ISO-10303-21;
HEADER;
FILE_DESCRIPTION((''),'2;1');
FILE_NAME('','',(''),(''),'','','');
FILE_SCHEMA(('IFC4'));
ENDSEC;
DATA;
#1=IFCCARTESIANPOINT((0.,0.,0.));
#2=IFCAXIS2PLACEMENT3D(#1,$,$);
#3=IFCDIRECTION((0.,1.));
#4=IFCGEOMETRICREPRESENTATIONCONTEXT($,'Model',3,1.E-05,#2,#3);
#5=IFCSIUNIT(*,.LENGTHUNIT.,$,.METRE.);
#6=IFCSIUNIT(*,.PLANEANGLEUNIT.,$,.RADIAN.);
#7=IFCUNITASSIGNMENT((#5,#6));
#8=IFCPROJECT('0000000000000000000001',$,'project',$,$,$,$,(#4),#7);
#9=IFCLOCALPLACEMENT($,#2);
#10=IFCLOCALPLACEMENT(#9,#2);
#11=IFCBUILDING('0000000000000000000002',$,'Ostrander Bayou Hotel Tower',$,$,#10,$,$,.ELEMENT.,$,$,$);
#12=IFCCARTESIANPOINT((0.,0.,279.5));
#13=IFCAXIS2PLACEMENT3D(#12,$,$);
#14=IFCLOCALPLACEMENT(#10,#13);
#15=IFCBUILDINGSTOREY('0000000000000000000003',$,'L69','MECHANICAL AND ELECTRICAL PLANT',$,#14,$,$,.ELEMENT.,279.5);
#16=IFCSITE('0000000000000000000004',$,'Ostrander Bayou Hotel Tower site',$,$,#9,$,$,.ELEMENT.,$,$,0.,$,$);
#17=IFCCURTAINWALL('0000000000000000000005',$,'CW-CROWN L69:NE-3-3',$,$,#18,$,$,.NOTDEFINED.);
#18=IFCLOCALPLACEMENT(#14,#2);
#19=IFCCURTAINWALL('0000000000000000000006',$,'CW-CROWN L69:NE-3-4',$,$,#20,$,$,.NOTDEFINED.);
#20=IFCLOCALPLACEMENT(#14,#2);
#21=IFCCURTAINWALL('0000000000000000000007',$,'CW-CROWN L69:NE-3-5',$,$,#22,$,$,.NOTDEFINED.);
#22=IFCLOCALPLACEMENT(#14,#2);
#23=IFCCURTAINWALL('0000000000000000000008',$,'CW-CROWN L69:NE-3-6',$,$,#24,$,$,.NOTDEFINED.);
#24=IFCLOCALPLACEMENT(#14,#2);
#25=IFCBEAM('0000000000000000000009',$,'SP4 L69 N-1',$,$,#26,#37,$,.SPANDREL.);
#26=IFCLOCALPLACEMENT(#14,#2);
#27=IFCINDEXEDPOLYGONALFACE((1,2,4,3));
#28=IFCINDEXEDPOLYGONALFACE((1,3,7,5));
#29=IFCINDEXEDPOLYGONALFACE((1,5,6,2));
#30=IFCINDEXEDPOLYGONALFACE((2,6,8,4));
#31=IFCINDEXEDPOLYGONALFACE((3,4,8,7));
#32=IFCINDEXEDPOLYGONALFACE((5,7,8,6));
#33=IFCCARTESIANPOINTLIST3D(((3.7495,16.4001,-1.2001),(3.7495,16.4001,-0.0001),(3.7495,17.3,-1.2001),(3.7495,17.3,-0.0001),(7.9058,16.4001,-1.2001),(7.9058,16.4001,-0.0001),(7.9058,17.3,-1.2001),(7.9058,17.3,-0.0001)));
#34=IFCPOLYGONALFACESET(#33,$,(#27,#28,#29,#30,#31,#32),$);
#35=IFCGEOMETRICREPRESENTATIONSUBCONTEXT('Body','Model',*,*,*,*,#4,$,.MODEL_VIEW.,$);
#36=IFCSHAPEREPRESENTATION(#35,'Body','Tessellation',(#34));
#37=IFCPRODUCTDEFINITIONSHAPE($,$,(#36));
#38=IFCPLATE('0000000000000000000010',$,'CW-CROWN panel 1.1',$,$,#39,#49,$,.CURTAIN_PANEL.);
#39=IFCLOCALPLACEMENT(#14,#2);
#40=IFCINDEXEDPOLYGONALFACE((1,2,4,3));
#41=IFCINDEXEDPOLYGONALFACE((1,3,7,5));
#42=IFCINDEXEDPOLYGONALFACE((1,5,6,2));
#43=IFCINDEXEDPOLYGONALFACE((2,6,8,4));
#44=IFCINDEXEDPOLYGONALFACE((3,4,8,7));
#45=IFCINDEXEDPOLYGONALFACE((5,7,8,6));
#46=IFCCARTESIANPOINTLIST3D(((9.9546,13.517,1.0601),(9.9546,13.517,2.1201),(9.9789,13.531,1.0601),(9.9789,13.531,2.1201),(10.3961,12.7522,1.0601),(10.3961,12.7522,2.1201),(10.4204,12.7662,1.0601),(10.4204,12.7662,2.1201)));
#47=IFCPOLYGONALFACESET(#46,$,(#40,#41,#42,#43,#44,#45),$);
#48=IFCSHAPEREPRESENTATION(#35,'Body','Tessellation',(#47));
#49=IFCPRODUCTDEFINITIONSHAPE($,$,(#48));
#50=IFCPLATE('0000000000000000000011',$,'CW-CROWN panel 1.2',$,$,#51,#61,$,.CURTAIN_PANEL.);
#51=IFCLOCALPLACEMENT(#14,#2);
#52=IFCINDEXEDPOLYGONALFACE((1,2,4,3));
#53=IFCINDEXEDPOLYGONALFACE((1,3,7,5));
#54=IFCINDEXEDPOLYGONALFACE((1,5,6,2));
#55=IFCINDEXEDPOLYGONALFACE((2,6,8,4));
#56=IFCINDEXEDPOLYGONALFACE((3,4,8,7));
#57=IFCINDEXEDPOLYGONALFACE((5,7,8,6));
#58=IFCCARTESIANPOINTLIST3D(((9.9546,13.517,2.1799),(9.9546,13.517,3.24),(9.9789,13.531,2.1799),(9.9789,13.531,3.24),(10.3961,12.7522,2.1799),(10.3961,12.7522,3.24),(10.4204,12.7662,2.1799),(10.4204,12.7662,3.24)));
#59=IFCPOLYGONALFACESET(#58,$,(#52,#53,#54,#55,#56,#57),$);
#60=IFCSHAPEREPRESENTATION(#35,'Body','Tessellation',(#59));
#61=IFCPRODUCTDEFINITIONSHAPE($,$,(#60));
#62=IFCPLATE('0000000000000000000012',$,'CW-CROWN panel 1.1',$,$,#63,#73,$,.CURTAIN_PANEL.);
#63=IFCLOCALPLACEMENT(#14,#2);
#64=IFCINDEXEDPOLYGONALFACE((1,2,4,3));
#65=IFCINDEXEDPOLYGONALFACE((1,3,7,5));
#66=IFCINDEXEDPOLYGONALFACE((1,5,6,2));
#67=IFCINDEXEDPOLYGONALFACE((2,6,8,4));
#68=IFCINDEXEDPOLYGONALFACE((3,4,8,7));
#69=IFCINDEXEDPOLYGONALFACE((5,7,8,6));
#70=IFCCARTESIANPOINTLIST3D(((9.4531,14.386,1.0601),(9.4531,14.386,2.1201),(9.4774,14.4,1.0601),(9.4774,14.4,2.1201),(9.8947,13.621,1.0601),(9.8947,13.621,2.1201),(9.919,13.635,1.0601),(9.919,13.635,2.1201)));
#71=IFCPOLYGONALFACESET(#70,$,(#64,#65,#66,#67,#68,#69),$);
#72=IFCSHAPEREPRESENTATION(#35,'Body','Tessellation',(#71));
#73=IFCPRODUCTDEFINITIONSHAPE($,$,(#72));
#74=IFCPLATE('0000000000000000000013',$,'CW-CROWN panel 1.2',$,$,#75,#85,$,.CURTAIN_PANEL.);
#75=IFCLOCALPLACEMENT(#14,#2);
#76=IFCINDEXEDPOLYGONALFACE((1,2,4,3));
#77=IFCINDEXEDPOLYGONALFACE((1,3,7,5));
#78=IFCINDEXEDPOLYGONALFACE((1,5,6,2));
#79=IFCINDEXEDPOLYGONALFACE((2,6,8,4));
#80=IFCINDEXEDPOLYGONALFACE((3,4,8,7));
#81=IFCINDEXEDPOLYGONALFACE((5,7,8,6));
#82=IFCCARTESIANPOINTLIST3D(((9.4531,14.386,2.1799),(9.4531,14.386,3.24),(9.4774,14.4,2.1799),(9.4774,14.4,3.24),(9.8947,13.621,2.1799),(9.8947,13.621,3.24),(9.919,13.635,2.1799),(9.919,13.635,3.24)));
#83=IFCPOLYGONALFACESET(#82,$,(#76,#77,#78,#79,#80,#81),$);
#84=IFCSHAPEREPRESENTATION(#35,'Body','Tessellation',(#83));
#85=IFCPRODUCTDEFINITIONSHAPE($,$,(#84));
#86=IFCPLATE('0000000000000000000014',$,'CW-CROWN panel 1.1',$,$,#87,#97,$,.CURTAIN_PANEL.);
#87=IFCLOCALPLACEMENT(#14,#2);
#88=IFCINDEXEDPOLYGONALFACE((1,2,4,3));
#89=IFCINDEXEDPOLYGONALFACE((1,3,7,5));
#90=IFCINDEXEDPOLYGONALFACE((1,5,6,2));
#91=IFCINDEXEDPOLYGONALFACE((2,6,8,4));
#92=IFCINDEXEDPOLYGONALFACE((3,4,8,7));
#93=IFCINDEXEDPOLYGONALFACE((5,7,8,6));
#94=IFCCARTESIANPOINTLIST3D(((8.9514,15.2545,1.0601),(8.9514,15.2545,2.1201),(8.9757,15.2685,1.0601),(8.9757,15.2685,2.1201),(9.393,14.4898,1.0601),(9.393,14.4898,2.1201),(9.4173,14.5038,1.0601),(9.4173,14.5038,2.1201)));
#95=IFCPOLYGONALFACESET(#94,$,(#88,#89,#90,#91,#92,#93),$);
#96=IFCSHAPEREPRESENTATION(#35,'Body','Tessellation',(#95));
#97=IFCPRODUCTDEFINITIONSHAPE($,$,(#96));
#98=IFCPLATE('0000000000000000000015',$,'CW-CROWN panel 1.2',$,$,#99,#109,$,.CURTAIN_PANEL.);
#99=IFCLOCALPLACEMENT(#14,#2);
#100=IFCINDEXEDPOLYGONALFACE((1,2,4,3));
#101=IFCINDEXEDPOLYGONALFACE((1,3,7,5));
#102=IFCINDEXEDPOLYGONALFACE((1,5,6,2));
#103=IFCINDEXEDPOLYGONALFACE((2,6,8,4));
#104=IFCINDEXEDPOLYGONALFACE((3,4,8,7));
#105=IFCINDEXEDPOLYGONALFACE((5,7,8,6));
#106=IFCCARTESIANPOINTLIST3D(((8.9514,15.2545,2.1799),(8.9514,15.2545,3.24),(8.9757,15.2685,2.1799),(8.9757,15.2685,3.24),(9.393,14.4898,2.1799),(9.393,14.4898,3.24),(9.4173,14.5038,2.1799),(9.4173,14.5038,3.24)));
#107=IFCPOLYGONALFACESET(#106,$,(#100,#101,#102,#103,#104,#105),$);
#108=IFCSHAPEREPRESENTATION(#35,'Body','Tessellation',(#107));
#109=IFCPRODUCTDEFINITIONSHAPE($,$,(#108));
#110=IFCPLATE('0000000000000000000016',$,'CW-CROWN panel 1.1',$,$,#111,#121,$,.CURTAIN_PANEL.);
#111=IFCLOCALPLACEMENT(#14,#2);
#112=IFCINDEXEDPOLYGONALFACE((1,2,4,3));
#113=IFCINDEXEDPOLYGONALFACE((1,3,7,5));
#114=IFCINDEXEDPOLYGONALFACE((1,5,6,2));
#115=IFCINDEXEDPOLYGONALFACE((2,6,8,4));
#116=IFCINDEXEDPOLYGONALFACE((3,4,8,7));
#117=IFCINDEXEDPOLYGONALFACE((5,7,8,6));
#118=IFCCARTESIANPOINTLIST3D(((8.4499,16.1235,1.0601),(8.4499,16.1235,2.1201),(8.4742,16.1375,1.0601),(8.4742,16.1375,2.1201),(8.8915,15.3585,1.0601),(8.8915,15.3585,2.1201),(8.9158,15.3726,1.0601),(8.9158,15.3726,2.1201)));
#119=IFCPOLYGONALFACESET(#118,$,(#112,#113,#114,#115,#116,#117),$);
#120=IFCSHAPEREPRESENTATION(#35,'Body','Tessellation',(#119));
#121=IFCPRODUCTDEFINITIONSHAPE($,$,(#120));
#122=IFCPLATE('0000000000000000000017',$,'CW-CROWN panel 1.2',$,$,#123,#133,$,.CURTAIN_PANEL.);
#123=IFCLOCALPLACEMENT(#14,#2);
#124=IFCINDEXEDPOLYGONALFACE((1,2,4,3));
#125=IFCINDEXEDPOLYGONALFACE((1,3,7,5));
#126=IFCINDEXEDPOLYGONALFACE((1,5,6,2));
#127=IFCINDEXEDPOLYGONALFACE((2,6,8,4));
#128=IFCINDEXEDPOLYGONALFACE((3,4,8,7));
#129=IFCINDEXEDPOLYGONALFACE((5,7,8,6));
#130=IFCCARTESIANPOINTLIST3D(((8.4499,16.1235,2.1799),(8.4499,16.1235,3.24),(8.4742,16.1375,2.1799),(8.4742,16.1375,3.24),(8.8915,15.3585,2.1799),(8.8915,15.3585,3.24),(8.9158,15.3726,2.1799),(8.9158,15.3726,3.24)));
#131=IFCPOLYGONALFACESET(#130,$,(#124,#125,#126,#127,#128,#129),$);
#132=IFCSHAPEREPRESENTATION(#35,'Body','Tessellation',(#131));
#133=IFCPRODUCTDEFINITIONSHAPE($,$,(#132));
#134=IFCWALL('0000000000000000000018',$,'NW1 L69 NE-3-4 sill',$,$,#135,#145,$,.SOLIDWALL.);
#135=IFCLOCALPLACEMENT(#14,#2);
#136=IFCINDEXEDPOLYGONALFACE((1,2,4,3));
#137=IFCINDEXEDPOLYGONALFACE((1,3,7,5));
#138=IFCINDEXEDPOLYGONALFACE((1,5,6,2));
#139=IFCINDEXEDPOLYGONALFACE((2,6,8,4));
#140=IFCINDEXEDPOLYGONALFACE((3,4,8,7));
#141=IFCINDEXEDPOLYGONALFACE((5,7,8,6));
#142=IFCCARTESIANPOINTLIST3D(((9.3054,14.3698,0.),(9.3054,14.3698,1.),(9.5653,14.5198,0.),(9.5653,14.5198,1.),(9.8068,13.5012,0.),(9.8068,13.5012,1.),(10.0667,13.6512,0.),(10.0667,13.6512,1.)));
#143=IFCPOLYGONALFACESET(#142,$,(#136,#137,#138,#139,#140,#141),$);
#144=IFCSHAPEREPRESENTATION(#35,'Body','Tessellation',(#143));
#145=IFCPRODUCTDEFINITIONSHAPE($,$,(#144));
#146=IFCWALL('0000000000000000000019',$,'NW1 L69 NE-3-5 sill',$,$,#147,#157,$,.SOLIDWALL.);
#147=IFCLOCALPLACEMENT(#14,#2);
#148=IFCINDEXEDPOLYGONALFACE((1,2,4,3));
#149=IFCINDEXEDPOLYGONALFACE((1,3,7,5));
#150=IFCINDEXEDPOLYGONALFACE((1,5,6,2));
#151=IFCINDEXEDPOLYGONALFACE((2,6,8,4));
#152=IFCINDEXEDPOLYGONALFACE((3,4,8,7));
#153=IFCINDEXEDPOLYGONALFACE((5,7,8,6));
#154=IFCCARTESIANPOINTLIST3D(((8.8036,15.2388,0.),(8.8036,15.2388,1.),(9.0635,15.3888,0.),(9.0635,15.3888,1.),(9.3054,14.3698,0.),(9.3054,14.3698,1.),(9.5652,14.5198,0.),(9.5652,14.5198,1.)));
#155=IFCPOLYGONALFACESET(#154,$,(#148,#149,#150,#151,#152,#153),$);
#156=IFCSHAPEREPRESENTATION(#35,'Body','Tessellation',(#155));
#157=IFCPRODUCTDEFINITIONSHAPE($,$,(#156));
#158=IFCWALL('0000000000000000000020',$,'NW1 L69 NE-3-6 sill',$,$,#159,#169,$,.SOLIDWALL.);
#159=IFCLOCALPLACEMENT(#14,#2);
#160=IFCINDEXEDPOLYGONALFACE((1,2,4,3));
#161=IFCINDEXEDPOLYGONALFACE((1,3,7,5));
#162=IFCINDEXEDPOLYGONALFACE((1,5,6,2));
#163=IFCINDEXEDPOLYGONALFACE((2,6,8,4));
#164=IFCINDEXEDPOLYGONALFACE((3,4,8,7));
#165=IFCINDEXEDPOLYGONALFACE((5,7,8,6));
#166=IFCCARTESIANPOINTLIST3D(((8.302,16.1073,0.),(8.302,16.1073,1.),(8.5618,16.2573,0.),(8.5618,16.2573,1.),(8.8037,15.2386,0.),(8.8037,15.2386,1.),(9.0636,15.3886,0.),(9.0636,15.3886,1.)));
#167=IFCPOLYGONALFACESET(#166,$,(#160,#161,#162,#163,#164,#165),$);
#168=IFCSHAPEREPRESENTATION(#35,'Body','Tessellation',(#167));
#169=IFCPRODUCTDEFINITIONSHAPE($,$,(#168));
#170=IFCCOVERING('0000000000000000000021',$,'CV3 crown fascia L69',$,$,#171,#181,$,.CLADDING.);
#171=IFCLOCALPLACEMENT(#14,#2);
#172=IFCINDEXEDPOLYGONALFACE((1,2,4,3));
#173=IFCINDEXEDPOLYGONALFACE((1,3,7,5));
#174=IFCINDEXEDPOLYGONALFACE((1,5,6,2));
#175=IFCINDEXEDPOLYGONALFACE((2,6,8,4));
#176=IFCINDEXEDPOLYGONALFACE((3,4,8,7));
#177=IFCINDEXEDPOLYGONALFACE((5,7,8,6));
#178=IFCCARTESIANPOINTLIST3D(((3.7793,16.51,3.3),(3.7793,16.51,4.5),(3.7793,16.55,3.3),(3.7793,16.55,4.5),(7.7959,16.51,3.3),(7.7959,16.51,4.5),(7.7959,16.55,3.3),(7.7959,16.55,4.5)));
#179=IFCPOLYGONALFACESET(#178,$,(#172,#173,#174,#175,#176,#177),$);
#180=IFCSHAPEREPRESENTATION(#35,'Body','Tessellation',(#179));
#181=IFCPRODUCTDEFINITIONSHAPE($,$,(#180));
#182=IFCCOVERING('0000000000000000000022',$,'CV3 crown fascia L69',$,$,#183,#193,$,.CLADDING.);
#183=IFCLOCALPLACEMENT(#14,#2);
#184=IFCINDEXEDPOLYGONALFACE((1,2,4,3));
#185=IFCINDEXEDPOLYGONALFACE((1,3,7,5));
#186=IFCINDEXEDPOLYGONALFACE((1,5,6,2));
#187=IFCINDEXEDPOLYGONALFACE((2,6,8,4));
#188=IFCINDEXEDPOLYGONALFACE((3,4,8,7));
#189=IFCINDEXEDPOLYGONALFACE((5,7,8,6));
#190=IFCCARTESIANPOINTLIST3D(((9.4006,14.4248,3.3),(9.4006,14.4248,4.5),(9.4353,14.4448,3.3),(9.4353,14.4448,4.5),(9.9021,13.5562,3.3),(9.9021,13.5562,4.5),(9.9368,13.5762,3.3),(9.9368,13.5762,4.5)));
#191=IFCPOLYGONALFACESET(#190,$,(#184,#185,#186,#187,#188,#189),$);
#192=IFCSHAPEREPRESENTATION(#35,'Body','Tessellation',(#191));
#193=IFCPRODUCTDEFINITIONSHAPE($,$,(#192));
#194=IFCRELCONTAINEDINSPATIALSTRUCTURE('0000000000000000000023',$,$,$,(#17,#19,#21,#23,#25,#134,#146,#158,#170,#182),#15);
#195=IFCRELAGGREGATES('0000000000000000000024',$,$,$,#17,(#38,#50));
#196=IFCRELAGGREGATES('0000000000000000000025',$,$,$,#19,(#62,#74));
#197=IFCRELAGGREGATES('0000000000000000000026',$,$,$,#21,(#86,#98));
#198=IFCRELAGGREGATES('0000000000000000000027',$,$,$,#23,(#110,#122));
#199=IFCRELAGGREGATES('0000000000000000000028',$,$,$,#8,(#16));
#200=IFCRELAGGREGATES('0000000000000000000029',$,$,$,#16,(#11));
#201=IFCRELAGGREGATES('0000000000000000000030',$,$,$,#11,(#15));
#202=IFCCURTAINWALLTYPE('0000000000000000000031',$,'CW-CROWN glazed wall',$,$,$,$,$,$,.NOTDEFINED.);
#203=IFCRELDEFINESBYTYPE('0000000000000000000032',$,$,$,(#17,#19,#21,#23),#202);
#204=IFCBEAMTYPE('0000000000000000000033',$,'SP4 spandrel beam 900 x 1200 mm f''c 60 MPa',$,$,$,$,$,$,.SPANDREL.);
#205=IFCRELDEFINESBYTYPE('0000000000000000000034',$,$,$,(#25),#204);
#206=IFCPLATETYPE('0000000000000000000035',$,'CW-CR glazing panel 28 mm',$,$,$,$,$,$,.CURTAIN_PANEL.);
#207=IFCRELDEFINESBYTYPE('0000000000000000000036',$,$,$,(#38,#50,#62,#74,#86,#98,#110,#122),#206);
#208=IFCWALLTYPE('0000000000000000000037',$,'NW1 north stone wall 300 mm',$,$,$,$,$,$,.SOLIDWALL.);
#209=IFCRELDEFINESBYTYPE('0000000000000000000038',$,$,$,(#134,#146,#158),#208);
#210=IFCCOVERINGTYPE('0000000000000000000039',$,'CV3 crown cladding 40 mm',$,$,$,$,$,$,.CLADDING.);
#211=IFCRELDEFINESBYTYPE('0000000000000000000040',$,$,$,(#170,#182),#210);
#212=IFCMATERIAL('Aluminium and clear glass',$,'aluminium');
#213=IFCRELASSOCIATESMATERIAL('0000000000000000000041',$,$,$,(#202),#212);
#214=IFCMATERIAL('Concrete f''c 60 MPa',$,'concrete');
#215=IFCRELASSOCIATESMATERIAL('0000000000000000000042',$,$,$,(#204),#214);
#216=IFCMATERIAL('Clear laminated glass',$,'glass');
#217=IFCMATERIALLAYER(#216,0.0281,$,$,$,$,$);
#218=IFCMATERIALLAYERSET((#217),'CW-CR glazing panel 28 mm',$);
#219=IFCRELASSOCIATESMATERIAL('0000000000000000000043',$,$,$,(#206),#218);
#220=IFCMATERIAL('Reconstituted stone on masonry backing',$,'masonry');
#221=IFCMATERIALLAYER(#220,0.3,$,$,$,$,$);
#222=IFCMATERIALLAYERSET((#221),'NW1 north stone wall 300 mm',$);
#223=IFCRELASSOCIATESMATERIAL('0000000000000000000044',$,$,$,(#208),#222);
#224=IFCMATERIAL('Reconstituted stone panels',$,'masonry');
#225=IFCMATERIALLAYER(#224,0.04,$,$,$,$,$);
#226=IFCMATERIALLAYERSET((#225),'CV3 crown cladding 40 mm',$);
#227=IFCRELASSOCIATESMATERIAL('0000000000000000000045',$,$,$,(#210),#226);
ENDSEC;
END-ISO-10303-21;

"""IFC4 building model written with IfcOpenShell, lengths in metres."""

from ifc_helpers import new_model, si_unit, direction, frame, frame_2d, origin, origin_2d, place, context, subcontext, project, spatial, polyline, rectangle, outline, extrude, material, layer, layer_set, material_profile, profile_set, type_object, element, aggregate, save


model = new_model("IFC4")

# Units and contexts
model_context = context("Model", 3, precision=1e-05, world=origin(), true_north=direction((0.0, 1.0)))
body_context = subcontext(model_context, "Body", "Model", "MODEL_VIEW")
ifc_project = project(units=[si_unit("LENGTHUNIT", "METRE"), si_unit("PLANEANGLEUNIT", "RADIAN")], contexts=[model_context])

# Site, building, storey
site_placement = place(None, origin())
site = spatial("IfcSite", under=ifc_project, at=site_placement, Name="Ostrander Bayou Hotel Tower site", CompositionType="ELEMENT", RefElevation=0.0)
building_placement = place(site_placement, origin())
building = spatial("IfcBuilding", under=site, at=building_placement, Name="Ostrander Bayou Hotel Tower", CompositionType="ELEMENT")
storey_placement = place(building_placement, frame((0.0, 0.0, 279.5)))
storey = spatial("IfcBuildingStorey", under=building, at=storey_placement, Name="L69", Description="MECHANICAL AND ELECTRICAL PLANT", CompositionType="ELEMENT", Elevation=279.5)

# Curtain wall
ifc_material_1 = material(Name="Aluminium and clear glass", Category="aluminium")
curtain_wall_type = type_object("IfcCurtainWallType", Name="CW-CROWN glazed wall", PredefinedType="NOTDEFINED", material=ifc_material_1)
curtain_wall_1_placement = place(storey_placement, origin())
curtain_wall_1 = element("IfcCurtainWall", 1, at=curtain_wall_1_placement, inside=storey, type_object=curtain_wall_type, Name="CW-CROWN L69:NE-3-3", PredefinedType="NOTDEFINED")

# Curtain walls
curtain_wall_2_placement = place(storey_placement, origin())
curtain_wall_2 = element("IfcCurtainWall", 2, at=curtain_wall_2_placement, inside=storey, type_object=curtain_wall_type, Name="CW-CROWN L69:NE-3-4", PredefinedType="NOTDEFINED")
curtain_wall_3_placement = place(storey_placement, origin())
curtain_wall_3 = element("IfcCurtainWall", 3, at=curtain_wall_3_placement, inside=storey, type_object=curtain_wall_type, Name="CW-CROWN L69:NE-3-5", PredefinedType="NOTDEFINED")
curtain_wall_4_placement = place(storey_placement, origin())
curtain_wall_4 = element("IfcCurtainWall", 4, at=curtain_wall_4_placement, inside=storey, type_object=curtain_wall_type, Name="CW-CROWN L69:NE-3-6", PredefinedType="NOTDEFINED")

# Beam
ifc_material_2 = material(Name="Concrete f'c 60 MPa", Category="concrete")
ifc_material_profile_1 = material_profile(ifc_material_2, rectangle(XDim=0.8999, YDim=1.2, at=origin_2d()))
ifc_profile_set_1 = profile_set([ifc_material_profile_1], Name="Concrete f'c 60 MPa")
beam_type = type_object("IfcBeamType", Name="SP4 spandrel beam 900 x 1200 mm f'c 60 MPa", PredefinedType="SPANDREL", material=ifc_profile_set_1)
beam_placement = place(storey_placement, frame((7.9058, 16.8501, -0.6001), z_axis=(-1.0, 0.0, 0.0), x_axis=(0.0, -1.0, 0.0)))
element("IfcBeam", 5, at=beam_placement, inside=storey, type_object=beam_type, Name="SP4 L69 N-1", PredefinedType="SPANDREL", context=body_context, shape_type="SweptSolid", body=[
    extrude(rectangle(XDim=0.8999, YDim=1.2, at=origin_2d()), origin(), (0.0, 0.0, 1.0), 4.1562),
])

# Plates
ifc_material_3 = material(Name="Clear laminated glass", Category="glass")
ifc_layer_1 = layer(ifc_material_3, 0.0281)
ifc_layer_set_1 = layer_set([ifc_layer_1], Name="CW-CR glazing panel 28 mm")
plate_type = type_object("IfcPlateType", Name="CW-CR glazing panel 28 mm", PredefinedType="CURTAIN_PANEL", material=ifc_layer_set_1)
plate_1_placement = place(storey_placement, frame((10.1875, 13.1416, 1.0601), z_axis=(0.0, 0.0, 1.0), x_axis=(-0.499924, 0.866069, 0.0)))
plate_1 = element("IfcPlate", 6, at=plate_1_placement, type_object=plate_type, Name="CW-CROWN panel 1.1", PredefinedType="CURTAIN_PANEL", context=body_context, shape_type="SweptSolid", body=[
    extrude(rectangle(XDim=0.8831, YDim=0.0281, at=origin_2d()), origin(), (0.0, 0.0, 1.0), 1.0601),
])
plate_2_placement = place(storey_placement, frame((10.1875, 13.1416, 2.1799), z_axis=(0.0, 0.0, 1.0), x_axis=(-0.499924, 0.866069, 0.0)))
plate_2 = element("IfcPlate", 7, at=plate_2_placement, type_object=plate_type, Name="CW-CROWN panel 1.2", PredefinedType="CURTAIN_PANEL", context=body_context, shape_type="SweptSolid", body=[
    extrude(rectangle(XDim=0.8831, YDim=0.0281, at=origin_2d()), origin(), (0.0, 0.0, 1.0), 1.0601),
])
aggregate(curtain_wall_1, [plate_1, plate_2])
plate_3_placement = place(storey_placement, frame((9.686, 14.0105, 1.0601), z_axis=(0.0, 0.0, 1.0), x_axis=(-0.499999, 0.866026, 0.0)))
plate_3 = element("IfcPlate", 8, at=plate_3_placement, type_object=plate_type, Name="CW-CROWN panel 1.1", PredefinedType="CURTAIN_PANEL", context=body_context, shape_type="SweptSolid", body=[
    extrude(rectangle(XDim=0.8833, YDim=0.0281, at=origin_2d()), origin(), (0.0, 0.0, 1.0), 1.0601),
])
plate_4_placement = place(storey_placement, frame((9.686, 14.0105, 2.1799), z_axis=(0.0, 0.0, 1.0), x_axis=(-0.499999, 0.866026, 0.0)))
plate_4 = element("IfcPlate", 9, at=plate_4_placement, type_object=plate_type, Name="CW-CROWN panel 1.2", PredefinedType="CURTAIN_PANEL", context=body_context, shape_type="SweptSolid", body=[
    extrude(rectangle(XDim=0.8833, YDim=0.0281, at=origin_2d()), origin(), (0.0, 0.0, 1.0), 1.0601),
])
aggregate(curtain_wall_2, [plate_3, plate_4])
plate_5_placement = place(storey_placement, frame((9.1843, 14.8792, 1.0601), z_axis=(0.0, 0.0, 1.0), x_axis=(-0.500042, 0.866001, 0.0)))
plate_5 = element("IfcPlate", 10, at=plate_5_placement, type_object=plate_type, Name="CW-CROWN panel 1.1", PredefinedType="CURTAIN_PANEL", context=body_context, shape_type="SweptSolid", body=[
    extrude(rectangle(XDim=0.8831, YDim=0.0281, at=origin_2d()), origin(), (0.0, 0.0, 1.0), 1.0601),
])
plate_6_placement = place(storey_placement, frame((9.1843, 14.8792, 2.1799), z_axis=(0.0, 0.0, 1.0), x_axis=(-0.500042, 0.866001, 0.0)))
plate_6 = element("IfcPlate", 11, at=plate_6_placement, type_object=plate_type, Name="CW-CROWN panel 1.2", PredefinedType="CURTAIN_PANEL", context=body_context, shape_type="SweptSolid", body=[
    extrude(rectangle(XDim=0.8831, YDim=0.0281, at=origin_2d()), origin(), (0.0, 0.0, 1.0), 1.0601),
])
aggregate(curtain_wall_3, [plate_5, plate_6])
plate_7_placement = place(storey_placement, frame((8.6829, 15.748, 1.0601), z_axis=(0.0, 0.0, 1.0), x_axis=(-0.499999, 0.866026, 0.0)))
plate_7 = element("IfcPlate", 12, at=plate_7_placement, type_object=plate_type, Name="CW-CROWN panel 1.1", PredefinedType="CURTAIN_PANEL", context=body_context, shape_type="SweptSolid", body=[
    extrude(rectangle(XDim=0.8833, YDim=0.0281, at=origin_2d()), origin(), (0.0, 0.0, 1.0), 1.0601),
])
plate_8_placement = place(storey_placement, frame((8.6829, 15.748, 2.1799), z_axis=(0.0, 0.0, 1.0), x_axis=(-0.499999, 0.866026, 0.0)))
plate_8 = element("IfcPlate", 13, at=plate_8_placement, type_object=plate_type, Name="CW-CROWN panel 1.2", PredefinedType="CURTAIN_PANEL", context=body_context, shape_type="SweptSolid", body=[
    extrude(rectangle(XDim=0.8833, YDim=0.0281, at=origin_2d()), origin(), (0.0, 0.0, 1.0), 1.0601),
])
aggregate(curtain_wall_4, [plate_7, plate_8])

# Walls
ifc_material_4 = material(Name="Reconstituted stone on masonry backing", Category="masonry")
ifc_layer_2 = layer(ifc_material_4, 0.3)
ifc_layer_set_2 = layer_set([ifc_layer_2], Name="NW1 north stone wall 300 mm")
wall_type_1 = type_object("IfcWallType", Name="NW1 north stone wall 300 mm", PredefinedType="SOLIDWALL", material=ifc_layer_set_2)
wall_1_placement = place(storey_placement, frame((9.9368, 13.5762, 0.0), z_axis=(0.0, 0.0, 1.0), x_axis=(-0.499961, 0.866048, 0.0)))
element("IfcWall", 14, at=wall_1_placement, inside=storey, type_object=wall_type_1, Name="NW1 L69 NE-3-4 sill", PredefinedType="SOLIDWALL", context=body_context, shape_type="SweptSolid", body=[
    extrude(rectangle(XDim=1.0029, YDim=0.3, at=frame_2d((0.5015, 0.0))), origin(), (0.0, 0.0, 1.0), 1.0),
])
wall_2_placement = place(storey_placement, frame((9.4353, 14.4448, 0.0), z_axis=(0.0, 0.0, 1.0), x_axis=(-0.500038, 0.866003, 0.0)))
element("IfcWall", 15, at=wall_2_placement, inside=storey, type_object=wall_type_1, Name="NW1 L69 NE-3-5 sill", PredefinedType="SOLIDWALL", context=body_context, shape_type="SweptSolid", body=[
    extrude(rectangle(XDim=1.0034, YDim=0.3, at=frame_2d((0.5017, 0.0))), origin(), (0.0, 0.0, 1.0), 1.0),
])
wall_3_placement = place(storey_placement, frame((8.9336, 15.3137, 0.0), z_axis=(0.0, 0.0, 1.0), x_axis=(-0.500144, 0.865942, 0.0)))
element("IfcWall", 16, at=wall_3_placement, inside=storey, type_object=wall_type_1, Name="NW1 L69 NE-3-6 sill", PredefinedType="SOLIDWALL", context=body_context, shape_type="SweptSolid", body=[
    extrude(rectangle(XDim=1.0032, YDim=0.3, at=frame_2d((0.5015, 0.0))), origin(), (0.0, 0.0, 1.0), 1.0),
])

# Coverings
ifc_material_5 = material(Name="Reconstituted stone panels", Category="masonry")
ifc_layer_3 = layer(ifc_material_5, 0.04)
ifc_layer_set_3 = layer_set([ifc_layer_3], Name="CV3 crown cladding 40 mm")
covering_type = type_object("IfcCoveringType", Name="CV3 crown cladding 40 mm", PredefinedType="CLADDING", material=ifc_layer_set_3)
covering_1_placement = place(storey_placement, frame((7.7959, 16.55, 3.3), z_axis=(0.0, 1.0, 0.0), x_axis=(-1.0, 0.0, 0.0)))
element("IfcCovering", 17, at=covering_1_placement, inside=storey, type_object=covering_type, Name="CV3 crown fascia L69", PredefinedType="CLADDING", context=body_context, shape_type="SweptSolid", body=[
    extrude(outline(polyline([(0.0, 0.0), (4.0166, 0.0), (4.0166, 1.2), (0.0, 1.2), (0.0, 0.0)])), origin(), (0.0, 0.0, -1.0), 0.04),
])
covering_2_placement = place(storey_placement, frame((9.9368, 13.5762, 3.3), z_axis=(0.866048, 0.499961, 0.0), x_axis=(-0.499961, 0.866048, 0.0)))
element("IfcCovering", 18, at=covering_2_placement, inside=storey, type_object=covering_type, Name="CV3 crown fascia L69", PredefinedType="CLADDING", context=body_context, shape_type="SweptSolid", body=[
    extrude(outline(polyline([(0.0, 0.0), (1.003, 0.0), (1.003, 1.2), (0.0, 1.2), (0.0, 0.0)])), origin(), (0.0, 0.0, -1.0), 0.04),
])

save(model, "model.ifc")
